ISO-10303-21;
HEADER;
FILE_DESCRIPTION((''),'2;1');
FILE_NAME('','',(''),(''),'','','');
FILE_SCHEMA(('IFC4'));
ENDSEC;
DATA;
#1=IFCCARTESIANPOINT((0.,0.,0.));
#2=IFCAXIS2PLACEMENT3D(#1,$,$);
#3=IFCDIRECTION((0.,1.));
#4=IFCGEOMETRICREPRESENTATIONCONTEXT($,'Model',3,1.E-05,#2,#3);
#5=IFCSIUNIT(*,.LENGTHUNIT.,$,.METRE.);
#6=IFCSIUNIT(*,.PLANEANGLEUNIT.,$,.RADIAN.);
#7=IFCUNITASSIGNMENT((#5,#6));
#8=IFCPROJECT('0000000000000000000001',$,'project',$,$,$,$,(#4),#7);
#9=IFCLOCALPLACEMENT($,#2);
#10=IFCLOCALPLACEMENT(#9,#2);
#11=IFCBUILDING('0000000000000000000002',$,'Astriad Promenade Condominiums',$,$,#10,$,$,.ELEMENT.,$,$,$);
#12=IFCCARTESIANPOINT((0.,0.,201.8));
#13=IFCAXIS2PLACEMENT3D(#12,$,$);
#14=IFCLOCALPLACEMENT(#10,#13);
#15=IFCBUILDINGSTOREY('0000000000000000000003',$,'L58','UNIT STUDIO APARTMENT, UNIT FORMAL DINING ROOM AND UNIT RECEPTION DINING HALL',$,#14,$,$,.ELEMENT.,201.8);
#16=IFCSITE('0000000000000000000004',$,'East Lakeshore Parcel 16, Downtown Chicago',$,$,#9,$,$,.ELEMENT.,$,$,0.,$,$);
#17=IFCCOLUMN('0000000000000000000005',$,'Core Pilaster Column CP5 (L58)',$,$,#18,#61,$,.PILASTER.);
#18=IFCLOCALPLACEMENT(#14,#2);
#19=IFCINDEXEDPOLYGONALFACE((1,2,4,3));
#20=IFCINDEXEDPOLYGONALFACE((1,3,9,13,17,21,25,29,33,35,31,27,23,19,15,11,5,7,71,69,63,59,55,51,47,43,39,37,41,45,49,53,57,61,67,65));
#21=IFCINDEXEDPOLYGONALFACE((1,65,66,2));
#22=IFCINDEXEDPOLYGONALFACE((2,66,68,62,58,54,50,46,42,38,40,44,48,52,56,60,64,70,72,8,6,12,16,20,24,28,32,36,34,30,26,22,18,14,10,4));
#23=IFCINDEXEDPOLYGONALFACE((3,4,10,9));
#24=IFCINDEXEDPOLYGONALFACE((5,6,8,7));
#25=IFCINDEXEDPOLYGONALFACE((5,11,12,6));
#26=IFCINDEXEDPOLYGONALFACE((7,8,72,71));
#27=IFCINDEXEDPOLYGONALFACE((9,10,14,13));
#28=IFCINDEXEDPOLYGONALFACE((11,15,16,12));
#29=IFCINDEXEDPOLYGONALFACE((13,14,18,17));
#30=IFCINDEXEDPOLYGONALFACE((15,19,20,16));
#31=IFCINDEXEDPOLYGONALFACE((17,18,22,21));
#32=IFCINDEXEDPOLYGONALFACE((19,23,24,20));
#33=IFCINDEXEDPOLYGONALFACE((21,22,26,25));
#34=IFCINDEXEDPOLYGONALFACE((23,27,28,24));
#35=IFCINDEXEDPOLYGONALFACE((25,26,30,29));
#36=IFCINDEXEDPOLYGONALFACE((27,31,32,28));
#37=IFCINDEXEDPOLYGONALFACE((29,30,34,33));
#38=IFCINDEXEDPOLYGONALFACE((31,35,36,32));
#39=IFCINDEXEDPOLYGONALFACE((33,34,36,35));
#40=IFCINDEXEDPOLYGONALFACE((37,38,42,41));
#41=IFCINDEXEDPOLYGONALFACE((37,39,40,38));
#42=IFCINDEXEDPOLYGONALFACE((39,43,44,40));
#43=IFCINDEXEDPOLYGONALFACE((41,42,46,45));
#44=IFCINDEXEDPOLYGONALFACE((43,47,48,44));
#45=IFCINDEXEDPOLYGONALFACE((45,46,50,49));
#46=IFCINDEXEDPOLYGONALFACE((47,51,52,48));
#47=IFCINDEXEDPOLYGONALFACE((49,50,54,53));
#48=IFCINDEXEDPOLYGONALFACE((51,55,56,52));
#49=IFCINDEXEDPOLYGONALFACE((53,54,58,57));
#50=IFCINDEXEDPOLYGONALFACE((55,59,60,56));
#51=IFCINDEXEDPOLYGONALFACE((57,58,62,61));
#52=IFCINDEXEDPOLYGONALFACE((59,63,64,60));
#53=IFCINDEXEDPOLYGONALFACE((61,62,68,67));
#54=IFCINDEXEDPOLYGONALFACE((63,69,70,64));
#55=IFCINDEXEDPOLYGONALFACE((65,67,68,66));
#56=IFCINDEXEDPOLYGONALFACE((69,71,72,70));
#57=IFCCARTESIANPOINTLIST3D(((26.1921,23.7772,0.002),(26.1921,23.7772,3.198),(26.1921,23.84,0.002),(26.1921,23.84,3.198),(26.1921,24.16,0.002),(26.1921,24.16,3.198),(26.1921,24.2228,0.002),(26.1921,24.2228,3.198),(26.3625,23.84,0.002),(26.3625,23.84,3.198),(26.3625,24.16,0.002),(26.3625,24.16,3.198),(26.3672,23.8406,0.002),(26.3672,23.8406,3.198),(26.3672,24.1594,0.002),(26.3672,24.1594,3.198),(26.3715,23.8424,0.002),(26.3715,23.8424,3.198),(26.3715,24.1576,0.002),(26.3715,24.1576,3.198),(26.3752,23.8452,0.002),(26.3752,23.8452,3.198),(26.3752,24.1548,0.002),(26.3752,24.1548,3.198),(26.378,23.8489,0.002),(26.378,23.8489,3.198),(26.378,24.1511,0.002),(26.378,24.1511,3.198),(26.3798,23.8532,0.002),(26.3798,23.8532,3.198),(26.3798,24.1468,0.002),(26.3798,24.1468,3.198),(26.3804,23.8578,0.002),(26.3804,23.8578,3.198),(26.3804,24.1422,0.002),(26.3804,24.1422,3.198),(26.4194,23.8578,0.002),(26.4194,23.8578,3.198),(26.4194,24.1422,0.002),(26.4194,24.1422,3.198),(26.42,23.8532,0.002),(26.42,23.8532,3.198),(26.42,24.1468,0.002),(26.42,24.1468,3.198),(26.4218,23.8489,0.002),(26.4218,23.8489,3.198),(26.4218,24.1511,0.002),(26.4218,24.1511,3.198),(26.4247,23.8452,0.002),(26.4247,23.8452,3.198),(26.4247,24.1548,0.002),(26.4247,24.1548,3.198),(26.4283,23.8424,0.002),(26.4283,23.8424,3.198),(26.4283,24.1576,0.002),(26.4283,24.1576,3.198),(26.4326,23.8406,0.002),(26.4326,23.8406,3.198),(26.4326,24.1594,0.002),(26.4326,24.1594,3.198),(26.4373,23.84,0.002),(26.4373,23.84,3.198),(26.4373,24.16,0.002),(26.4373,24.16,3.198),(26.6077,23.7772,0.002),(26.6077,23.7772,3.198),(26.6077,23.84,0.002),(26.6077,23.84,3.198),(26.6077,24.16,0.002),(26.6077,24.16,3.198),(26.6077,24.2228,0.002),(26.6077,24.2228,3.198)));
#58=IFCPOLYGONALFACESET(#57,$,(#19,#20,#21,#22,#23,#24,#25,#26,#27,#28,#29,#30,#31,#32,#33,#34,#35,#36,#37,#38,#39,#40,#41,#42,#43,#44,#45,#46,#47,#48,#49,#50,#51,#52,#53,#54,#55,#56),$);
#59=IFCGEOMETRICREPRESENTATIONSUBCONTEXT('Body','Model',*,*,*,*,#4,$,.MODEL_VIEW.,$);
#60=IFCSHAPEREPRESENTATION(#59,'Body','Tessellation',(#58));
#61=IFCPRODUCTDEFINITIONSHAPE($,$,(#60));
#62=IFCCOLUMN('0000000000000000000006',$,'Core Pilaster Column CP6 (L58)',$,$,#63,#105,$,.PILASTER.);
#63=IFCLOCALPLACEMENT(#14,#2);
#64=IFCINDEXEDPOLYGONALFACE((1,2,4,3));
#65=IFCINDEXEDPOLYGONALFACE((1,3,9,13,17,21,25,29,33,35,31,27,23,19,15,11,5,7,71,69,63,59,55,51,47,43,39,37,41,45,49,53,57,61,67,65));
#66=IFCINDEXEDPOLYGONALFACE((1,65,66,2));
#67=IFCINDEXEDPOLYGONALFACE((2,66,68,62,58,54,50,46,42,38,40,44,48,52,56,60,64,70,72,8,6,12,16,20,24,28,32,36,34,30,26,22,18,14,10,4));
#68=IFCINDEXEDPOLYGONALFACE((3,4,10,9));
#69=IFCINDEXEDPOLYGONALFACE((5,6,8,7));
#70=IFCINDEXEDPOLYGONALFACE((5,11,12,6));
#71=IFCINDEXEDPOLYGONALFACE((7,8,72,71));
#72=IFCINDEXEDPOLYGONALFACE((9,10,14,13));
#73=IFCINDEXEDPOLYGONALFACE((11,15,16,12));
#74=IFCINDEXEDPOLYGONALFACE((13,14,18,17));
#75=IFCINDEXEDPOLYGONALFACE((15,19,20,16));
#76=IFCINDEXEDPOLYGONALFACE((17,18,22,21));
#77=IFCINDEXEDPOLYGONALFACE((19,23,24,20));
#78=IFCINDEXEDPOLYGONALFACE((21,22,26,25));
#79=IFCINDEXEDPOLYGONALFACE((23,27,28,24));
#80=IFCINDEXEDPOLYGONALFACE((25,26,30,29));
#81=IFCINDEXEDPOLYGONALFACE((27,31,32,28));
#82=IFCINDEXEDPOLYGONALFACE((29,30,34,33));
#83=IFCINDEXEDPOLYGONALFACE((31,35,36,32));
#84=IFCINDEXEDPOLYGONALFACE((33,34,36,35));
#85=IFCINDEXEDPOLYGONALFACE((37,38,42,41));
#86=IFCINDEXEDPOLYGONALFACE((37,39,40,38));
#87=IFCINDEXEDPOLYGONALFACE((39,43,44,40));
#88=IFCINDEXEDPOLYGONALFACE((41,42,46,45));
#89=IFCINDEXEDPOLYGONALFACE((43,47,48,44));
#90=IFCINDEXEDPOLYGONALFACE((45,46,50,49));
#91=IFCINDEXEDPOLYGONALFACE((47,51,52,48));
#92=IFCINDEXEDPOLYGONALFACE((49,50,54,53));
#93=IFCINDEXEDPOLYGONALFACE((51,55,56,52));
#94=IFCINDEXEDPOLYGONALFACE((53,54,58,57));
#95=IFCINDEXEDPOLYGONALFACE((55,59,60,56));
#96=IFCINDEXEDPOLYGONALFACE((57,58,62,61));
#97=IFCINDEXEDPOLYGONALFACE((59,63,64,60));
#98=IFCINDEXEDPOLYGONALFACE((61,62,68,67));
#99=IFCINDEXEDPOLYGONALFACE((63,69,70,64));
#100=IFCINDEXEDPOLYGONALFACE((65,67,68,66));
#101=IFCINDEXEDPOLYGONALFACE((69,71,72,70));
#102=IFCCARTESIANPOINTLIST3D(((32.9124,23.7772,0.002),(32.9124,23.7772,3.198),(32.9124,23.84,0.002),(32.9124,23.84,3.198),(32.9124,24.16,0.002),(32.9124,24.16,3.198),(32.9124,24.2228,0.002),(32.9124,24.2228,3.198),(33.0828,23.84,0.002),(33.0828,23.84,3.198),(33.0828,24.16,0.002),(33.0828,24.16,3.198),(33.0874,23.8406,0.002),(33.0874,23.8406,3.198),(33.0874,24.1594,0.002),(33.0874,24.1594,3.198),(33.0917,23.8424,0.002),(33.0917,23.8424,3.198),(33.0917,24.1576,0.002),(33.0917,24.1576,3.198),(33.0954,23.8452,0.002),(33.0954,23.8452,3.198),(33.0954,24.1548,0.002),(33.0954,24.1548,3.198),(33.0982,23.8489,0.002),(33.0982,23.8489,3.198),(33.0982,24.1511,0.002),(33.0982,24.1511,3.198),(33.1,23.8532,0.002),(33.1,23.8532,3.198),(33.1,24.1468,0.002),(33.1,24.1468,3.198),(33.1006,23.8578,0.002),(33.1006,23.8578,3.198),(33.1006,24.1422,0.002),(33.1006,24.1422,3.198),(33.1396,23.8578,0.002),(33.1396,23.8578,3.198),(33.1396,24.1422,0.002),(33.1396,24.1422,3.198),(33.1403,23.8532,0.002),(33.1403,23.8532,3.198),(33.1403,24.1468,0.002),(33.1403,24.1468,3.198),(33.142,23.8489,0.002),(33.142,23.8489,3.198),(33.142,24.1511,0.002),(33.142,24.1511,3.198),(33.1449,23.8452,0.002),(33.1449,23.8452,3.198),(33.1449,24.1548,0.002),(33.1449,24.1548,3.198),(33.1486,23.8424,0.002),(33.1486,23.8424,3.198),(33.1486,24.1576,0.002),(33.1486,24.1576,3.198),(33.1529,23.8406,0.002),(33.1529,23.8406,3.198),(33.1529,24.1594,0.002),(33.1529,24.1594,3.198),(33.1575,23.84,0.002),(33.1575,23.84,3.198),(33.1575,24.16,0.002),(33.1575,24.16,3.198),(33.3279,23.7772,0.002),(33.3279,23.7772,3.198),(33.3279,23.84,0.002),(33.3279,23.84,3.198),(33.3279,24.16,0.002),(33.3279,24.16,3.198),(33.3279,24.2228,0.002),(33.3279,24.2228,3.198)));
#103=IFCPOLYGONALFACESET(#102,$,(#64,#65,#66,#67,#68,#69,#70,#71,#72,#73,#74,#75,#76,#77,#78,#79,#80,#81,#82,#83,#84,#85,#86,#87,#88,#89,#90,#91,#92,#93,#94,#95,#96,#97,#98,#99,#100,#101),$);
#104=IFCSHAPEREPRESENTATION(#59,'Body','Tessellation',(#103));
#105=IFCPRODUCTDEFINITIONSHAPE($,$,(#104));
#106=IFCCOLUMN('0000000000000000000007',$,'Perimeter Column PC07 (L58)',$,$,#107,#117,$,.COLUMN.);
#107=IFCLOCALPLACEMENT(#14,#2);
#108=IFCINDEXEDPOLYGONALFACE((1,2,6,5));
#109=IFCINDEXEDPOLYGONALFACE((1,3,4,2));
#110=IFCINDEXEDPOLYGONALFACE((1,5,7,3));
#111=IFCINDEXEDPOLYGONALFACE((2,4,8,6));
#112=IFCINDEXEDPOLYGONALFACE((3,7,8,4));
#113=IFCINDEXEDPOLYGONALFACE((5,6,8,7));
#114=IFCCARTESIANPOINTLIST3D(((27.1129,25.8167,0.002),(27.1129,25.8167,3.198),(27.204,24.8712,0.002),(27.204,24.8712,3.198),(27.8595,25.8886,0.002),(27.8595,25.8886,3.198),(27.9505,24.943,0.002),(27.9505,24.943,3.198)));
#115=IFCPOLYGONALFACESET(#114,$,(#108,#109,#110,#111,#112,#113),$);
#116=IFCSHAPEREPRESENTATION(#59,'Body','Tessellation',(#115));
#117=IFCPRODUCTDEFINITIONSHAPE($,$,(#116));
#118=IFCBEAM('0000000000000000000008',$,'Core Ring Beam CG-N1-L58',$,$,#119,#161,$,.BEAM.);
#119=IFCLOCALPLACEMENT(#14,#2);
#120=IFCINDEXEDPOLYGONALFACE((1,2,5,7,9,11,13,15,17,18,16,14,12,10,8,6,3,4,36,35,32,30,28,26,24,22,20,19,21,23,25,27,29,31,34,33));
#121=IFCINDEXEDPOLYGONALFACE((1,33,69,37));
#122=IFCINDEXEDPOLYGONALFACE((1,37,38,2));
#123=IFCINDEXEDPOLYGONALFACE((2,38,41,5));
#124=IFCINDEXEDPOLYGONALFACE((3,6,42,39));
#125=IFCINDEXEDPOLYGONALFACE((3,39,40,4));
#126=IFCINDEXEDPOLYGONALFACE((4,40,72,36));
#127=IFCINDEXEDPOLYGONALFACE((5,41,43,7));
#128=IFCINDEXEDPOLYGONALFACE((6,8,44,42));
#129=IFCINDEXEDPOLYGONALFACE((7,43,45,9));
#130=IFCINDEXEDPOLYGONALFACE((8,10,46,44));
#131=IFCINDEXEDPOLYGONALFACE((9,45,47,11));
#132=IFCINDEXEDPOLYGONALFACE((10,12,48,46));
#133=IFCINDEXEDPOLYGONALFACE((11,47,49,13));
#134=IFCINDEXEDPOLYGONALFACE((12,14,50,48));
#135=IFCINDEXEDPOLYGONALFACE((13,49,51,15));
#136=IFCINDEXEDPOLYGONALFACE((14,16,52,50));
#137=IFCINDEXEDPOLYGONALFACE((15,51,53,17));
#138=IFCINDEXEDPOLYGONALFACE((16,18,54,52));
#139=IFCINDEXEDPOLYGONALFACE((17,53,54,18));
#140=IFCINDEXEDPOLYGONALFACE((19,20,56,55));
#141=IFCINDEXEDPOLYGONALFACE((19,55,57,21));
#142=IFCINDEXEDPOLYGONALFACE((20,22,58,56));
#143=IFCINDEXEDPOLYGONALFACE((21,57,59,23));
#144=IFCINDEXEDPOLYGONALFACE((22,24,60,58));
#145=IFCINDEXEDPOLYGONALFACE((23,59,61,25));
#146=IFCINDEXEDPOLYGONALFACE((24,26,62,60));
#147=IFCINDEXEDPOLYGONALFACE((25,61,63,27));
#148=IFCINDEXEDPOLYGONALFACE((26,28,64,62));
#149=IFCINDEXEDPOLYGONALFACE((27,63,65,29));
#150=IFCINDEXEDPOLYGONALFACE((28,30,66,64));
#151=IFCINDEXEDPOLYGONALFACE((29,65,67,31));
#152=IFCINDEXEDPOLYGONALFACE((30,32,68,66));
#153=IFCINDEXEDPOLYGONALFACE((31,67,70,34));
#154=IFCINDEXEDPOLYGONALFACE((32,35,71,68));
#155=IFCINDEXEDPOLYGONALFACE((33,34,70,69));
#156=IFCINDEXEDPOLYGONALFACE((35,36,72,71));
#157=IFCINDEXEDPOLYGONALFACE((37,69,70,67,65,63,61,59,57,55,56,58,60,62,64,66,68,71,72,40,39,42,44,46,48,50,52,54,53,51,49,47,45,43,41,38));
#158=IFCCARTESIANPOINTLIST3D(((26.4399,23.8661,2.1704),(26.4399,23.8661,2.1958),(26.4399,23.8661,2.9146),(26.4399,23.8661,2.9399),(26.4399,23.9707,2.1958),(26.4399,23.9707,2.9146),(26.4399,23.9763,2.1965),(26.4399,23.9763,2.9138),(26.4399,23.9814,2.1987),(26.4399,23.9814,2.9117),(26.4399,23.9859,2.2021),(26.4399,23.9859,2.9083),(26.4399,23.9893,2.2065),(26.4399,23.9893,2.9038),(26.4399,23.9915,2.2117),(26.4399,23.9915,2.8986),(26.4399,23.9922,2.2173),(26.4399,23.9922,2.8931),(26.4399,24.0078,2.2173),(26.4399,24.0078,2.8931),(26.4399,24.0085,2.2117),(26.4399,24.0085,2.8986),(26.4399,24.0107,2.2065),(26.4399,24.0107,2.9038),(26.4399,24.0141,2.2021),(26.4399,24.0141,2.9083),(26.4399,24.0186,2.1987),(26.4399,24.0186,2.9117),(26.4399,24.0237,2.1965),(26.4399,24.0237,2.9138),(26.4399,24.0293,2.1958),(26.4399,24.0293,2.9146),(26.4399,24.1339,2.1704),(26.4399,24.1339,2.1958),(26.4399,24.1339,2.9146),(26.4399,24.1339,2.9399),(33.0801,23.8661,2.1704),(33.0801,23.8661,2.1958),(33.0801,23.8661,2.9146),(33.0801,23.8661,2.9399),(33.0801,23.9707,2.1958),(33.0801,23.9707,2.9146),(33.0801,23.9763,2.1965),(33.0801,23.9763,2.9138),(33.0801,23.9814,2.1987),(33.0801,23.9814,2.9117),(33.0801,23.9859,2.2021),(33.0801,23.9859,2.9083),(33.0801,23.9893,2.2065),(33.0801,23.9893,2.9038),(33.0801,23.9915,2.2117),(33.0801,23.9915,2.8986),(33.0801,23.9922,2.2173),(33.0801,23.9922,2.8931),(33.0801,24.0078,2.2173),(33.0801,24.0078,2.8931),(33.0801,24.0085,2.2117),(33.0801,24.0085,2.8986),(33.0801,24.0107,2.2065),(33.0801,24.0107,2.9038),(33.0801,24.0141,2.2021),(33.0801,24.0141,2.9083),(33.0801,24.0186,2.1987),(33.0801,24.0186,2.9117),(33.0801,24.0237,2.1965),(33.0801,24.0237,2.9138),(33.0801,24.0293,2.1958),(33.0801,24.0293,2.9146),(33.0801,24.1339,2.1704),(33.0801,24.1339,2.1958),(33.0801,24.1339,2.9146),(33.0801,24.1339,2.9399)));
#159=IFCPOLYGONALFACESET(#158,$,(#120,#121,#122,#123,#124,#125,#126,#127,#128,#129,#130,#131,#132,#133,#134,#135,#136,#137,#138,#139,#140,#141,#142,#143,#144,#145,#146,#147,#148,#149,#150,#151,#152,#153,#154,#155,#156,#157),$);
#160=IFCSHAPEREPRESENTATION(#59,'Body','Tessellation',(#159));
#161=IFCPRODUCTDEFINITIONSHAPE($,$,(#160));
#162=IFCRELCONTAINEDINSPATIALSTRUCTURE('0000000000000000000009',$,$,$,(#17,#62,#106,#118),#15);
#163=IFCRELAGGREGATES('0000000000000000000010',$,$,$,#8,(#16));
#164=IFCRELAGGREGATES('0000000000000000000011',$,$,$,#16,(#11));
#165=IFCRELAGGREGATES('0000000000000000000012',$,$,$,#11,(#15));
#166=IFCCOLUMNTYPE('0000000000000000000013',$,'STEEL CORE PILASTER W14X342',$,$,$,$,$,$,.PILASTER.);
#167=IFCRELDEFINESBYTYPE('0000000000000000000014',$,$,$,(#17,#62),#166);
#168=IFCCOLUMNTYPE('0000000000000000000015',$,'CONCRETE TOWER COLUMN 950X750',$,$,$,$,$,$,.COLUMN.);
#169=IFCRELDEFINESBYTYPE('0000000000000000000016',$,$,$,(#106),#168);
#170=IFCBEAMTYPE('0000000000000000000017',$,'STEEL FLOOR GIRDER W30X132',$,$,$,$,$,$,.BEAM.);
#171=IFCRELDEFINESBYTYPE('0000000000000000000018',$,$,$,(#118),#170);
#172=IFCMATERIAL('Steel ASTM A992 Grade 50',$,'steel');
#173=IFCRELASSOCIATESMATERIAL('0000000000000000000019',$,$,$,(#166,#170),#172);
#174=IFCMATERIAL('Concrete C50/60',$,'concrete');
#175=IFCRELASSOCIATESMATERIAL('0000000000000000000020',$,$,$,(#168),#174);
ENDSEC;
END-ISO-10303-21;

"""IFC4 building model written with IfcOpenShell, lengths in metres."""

from ifc_helpers import new_model, si_unit, direction, frame, origin, origin_2d, place, context, subcontext, project, spatial, rectangle, i_section, extrude, source, transform, mapped, material, material_profile, profile_set, type_object, type_shapes, element, save


model = new_model("IFC4")

# Units and contexts
model_context = context("Model", 3, precision=1e-05, world=origin(), true_north=direction((0.0, 1.0)))
body_context = subcontext(model_context, "Body", "Model", "MODEL_VIEW")
ifc_project = project(units=[si_unit("LENGTHUNIT", "METRE"), si_unit("PLANEANGLEUNIT", "RADIAN")], contexts=[model_context])

# Site, building, storey
site_placement = place(None, origin())
site = spatial("IfcSite", under=ifc_project, at=site_placement, Name="East Lakeshore Parcel 16, Downtown Chicago", CompositionType="ELEMENT", RefElevation=0.0)
building_placement = place(site_placement, origin())
building = spatial("IfcBuilding", under=site, at=building_placement, Name="Astriad Promenade Condominiums", CompositionType="ELEMENT")
storey_placement = place(building_placement, frame((0.0, 0.0, 201.8)))
storey = spatial("IfcBuildingStorey", under=building, at=storey_placement, Name="L58", Description="UNIT STUDIO APARTMENT, UNIT FORMAL DINING ROOM AND UNIT RECEPTION DINING HALL", CompositionType="ELEMENT", Elevation=201.8)

# Columns
ifc_material_1 = material(Name="Steel ASTM A992 Grade 50", Category="steel")
ifc_material_profile_1 = material_profile(ifc_material_1, i_section(OverallWidth=0.4155, OverallDepth=0.4456, WebThickness=0.0391, FlangeThickness=0.0627, FilletRadius=0.0178, at=origin_2d()), Name="W14X342")
ifc_profile_set_1 = profile_set([ifc_material_profile_1], Name="Steel ASTM A992 Grade 50")
column_type_1 = type_object("IfcColumnType", Name="STEEL CORE PILASTER W14X342", PredefinedType="PILASTER", material=ifc_profile_set_1)
shared_shape_1 = source(origin(), body_context, "Body", "SweptSolid", [
    extrude(i_section(OverallWidth=0.4155, OverallDepth=0.4456, WebThickness=0.0391, FlangeThickness=0.0627, FilletRadius=0.0178, at=origin_2d()), origin(), (0.0, 0.0, 1.0), 3.196),
])
type_shapes(column_type_1, [shared_shape_1])
for number, where, z_axis, x_axis, name in (
    (1, (26.3999, 24.0, 0.002), (0.0, 0.0, 1.0), (1.0, 0.0, 0.0), "Core Pilaster Column CP5 (L58)"),
    (2, (33.1201, 24.0, 0.002), (0.0, 0.0, 1.0), (1.0, 0.0, 0.0), "Core Pilaster Column CP6 (L58)"),
):
    element("IfcColumn", number, at=place(storey_placement, frame(where, z_axis=z_axis, x_axis=x_axis)), inside=storey, type_object=column_type_1, Name=name, PredefinedType="PILASTER", context=body_context, shape_type="MappedRepresentation", body=[
        mapped(shared_shape_1, transform((0.0, 0.0, 0.0), scale=1.0)),
    ])
ifc_material_2 = material(Name="Concrete C50/60", Category="concrete")
ifc_material_profile_2 = material_profile(ifc_material_2, rectangle(XDim=0.75, YDim=0.95, at=origin_2d()), Name="RC-COL-950X750")
ifc_profile_set_2 = profile_set([ifc_material_profile_2], Name="Concrete C50/60")
column_type_2 = type_object("IfcColumnType", Name="CONCRETE TOWER COLUMN 950X750", PredefinedType="COLUMN", material=ifc_profile_set_2)
shared_shape_2 = source(origin(), body_context, "Body", "SweptSolid", [
    extrude(rectangle(XDim=0.75, YDim=0.95, at=origin_2d()), origin(), (0.0, 0.0, 1.0), 3.196),
])
type_shapes(column_type_2, [shared_shape_2])
column_placement = place(storey_placement, frame((27.5317, 25.3799, 0.002), z_axis=(0.0, 0.0, 1.0), x_axis=(0.995396, 0.095846, 0.0)))
element("IfcColumn", 3, at=column_placement, inside=storey, type_object=column_type_2, Name="Perimeter Column PC07 (L58)", PredefinedType="COLUMN", context=body_context, shape_type="MappedRepresentation", body=[
    mapped(shared_shape_2, transform((0.0, 0.0, 0.0), scale=1.0)),
])

# Beam
ifc_material_profile_3 = material_profile(ifc_material_1, i_section(OverallWidth=0.2678, OverallDepth=0.7695, WebThickness=0.0156, FlangeThickness=0.0254, FilletRadius=0.0215, at=origin_2d()), Name="W30X132")
ifc_profile_set_3 = profile_set([ifc_material_profile_3], Name="Steel ASTM A992 Grade 50")
beam_type_1 = type_object("IfcBeamType", Name="STEEL FLOOR GIRDER W30X132", PredefinedType="BEAM", material=ifc_profile_set_3)
shared_shape_3 = source(origin(), body_context, "Body", "SweptSolid", [
    extrude(i_section(OverallWidth=0.2678, OverallDepth=0.7695, WebThickness=0.0156, FlangeThickness=0.0254, FilletRadius=0.0215, at=origin_2d()), origin(), (0.0, 0.0, 1.0), 6.6401),
])
type_shapes(beam_type_1, [shared_shape_3])
beam_1_placement = place(storey_placement, frame((26.4399, 24.0, 2.5552), z_axis=(1.0, 0.0, 0.0), x_axis=(0.0, 1.0, 0.0)))
element("IfcBeam", 4, at=beam_1_placement, inside=storey, type_object=beam_type_1, Name="Core Ring Beam CG-N1-L58", PredefinedType="BEAM", context=body_context, shape_type="MappedRepresentation", body=[
    mapped(shared_shape_3, transform((0.0, 0.0, 0.0), scale=1.0)),
])

save(model, "model.ifc")
